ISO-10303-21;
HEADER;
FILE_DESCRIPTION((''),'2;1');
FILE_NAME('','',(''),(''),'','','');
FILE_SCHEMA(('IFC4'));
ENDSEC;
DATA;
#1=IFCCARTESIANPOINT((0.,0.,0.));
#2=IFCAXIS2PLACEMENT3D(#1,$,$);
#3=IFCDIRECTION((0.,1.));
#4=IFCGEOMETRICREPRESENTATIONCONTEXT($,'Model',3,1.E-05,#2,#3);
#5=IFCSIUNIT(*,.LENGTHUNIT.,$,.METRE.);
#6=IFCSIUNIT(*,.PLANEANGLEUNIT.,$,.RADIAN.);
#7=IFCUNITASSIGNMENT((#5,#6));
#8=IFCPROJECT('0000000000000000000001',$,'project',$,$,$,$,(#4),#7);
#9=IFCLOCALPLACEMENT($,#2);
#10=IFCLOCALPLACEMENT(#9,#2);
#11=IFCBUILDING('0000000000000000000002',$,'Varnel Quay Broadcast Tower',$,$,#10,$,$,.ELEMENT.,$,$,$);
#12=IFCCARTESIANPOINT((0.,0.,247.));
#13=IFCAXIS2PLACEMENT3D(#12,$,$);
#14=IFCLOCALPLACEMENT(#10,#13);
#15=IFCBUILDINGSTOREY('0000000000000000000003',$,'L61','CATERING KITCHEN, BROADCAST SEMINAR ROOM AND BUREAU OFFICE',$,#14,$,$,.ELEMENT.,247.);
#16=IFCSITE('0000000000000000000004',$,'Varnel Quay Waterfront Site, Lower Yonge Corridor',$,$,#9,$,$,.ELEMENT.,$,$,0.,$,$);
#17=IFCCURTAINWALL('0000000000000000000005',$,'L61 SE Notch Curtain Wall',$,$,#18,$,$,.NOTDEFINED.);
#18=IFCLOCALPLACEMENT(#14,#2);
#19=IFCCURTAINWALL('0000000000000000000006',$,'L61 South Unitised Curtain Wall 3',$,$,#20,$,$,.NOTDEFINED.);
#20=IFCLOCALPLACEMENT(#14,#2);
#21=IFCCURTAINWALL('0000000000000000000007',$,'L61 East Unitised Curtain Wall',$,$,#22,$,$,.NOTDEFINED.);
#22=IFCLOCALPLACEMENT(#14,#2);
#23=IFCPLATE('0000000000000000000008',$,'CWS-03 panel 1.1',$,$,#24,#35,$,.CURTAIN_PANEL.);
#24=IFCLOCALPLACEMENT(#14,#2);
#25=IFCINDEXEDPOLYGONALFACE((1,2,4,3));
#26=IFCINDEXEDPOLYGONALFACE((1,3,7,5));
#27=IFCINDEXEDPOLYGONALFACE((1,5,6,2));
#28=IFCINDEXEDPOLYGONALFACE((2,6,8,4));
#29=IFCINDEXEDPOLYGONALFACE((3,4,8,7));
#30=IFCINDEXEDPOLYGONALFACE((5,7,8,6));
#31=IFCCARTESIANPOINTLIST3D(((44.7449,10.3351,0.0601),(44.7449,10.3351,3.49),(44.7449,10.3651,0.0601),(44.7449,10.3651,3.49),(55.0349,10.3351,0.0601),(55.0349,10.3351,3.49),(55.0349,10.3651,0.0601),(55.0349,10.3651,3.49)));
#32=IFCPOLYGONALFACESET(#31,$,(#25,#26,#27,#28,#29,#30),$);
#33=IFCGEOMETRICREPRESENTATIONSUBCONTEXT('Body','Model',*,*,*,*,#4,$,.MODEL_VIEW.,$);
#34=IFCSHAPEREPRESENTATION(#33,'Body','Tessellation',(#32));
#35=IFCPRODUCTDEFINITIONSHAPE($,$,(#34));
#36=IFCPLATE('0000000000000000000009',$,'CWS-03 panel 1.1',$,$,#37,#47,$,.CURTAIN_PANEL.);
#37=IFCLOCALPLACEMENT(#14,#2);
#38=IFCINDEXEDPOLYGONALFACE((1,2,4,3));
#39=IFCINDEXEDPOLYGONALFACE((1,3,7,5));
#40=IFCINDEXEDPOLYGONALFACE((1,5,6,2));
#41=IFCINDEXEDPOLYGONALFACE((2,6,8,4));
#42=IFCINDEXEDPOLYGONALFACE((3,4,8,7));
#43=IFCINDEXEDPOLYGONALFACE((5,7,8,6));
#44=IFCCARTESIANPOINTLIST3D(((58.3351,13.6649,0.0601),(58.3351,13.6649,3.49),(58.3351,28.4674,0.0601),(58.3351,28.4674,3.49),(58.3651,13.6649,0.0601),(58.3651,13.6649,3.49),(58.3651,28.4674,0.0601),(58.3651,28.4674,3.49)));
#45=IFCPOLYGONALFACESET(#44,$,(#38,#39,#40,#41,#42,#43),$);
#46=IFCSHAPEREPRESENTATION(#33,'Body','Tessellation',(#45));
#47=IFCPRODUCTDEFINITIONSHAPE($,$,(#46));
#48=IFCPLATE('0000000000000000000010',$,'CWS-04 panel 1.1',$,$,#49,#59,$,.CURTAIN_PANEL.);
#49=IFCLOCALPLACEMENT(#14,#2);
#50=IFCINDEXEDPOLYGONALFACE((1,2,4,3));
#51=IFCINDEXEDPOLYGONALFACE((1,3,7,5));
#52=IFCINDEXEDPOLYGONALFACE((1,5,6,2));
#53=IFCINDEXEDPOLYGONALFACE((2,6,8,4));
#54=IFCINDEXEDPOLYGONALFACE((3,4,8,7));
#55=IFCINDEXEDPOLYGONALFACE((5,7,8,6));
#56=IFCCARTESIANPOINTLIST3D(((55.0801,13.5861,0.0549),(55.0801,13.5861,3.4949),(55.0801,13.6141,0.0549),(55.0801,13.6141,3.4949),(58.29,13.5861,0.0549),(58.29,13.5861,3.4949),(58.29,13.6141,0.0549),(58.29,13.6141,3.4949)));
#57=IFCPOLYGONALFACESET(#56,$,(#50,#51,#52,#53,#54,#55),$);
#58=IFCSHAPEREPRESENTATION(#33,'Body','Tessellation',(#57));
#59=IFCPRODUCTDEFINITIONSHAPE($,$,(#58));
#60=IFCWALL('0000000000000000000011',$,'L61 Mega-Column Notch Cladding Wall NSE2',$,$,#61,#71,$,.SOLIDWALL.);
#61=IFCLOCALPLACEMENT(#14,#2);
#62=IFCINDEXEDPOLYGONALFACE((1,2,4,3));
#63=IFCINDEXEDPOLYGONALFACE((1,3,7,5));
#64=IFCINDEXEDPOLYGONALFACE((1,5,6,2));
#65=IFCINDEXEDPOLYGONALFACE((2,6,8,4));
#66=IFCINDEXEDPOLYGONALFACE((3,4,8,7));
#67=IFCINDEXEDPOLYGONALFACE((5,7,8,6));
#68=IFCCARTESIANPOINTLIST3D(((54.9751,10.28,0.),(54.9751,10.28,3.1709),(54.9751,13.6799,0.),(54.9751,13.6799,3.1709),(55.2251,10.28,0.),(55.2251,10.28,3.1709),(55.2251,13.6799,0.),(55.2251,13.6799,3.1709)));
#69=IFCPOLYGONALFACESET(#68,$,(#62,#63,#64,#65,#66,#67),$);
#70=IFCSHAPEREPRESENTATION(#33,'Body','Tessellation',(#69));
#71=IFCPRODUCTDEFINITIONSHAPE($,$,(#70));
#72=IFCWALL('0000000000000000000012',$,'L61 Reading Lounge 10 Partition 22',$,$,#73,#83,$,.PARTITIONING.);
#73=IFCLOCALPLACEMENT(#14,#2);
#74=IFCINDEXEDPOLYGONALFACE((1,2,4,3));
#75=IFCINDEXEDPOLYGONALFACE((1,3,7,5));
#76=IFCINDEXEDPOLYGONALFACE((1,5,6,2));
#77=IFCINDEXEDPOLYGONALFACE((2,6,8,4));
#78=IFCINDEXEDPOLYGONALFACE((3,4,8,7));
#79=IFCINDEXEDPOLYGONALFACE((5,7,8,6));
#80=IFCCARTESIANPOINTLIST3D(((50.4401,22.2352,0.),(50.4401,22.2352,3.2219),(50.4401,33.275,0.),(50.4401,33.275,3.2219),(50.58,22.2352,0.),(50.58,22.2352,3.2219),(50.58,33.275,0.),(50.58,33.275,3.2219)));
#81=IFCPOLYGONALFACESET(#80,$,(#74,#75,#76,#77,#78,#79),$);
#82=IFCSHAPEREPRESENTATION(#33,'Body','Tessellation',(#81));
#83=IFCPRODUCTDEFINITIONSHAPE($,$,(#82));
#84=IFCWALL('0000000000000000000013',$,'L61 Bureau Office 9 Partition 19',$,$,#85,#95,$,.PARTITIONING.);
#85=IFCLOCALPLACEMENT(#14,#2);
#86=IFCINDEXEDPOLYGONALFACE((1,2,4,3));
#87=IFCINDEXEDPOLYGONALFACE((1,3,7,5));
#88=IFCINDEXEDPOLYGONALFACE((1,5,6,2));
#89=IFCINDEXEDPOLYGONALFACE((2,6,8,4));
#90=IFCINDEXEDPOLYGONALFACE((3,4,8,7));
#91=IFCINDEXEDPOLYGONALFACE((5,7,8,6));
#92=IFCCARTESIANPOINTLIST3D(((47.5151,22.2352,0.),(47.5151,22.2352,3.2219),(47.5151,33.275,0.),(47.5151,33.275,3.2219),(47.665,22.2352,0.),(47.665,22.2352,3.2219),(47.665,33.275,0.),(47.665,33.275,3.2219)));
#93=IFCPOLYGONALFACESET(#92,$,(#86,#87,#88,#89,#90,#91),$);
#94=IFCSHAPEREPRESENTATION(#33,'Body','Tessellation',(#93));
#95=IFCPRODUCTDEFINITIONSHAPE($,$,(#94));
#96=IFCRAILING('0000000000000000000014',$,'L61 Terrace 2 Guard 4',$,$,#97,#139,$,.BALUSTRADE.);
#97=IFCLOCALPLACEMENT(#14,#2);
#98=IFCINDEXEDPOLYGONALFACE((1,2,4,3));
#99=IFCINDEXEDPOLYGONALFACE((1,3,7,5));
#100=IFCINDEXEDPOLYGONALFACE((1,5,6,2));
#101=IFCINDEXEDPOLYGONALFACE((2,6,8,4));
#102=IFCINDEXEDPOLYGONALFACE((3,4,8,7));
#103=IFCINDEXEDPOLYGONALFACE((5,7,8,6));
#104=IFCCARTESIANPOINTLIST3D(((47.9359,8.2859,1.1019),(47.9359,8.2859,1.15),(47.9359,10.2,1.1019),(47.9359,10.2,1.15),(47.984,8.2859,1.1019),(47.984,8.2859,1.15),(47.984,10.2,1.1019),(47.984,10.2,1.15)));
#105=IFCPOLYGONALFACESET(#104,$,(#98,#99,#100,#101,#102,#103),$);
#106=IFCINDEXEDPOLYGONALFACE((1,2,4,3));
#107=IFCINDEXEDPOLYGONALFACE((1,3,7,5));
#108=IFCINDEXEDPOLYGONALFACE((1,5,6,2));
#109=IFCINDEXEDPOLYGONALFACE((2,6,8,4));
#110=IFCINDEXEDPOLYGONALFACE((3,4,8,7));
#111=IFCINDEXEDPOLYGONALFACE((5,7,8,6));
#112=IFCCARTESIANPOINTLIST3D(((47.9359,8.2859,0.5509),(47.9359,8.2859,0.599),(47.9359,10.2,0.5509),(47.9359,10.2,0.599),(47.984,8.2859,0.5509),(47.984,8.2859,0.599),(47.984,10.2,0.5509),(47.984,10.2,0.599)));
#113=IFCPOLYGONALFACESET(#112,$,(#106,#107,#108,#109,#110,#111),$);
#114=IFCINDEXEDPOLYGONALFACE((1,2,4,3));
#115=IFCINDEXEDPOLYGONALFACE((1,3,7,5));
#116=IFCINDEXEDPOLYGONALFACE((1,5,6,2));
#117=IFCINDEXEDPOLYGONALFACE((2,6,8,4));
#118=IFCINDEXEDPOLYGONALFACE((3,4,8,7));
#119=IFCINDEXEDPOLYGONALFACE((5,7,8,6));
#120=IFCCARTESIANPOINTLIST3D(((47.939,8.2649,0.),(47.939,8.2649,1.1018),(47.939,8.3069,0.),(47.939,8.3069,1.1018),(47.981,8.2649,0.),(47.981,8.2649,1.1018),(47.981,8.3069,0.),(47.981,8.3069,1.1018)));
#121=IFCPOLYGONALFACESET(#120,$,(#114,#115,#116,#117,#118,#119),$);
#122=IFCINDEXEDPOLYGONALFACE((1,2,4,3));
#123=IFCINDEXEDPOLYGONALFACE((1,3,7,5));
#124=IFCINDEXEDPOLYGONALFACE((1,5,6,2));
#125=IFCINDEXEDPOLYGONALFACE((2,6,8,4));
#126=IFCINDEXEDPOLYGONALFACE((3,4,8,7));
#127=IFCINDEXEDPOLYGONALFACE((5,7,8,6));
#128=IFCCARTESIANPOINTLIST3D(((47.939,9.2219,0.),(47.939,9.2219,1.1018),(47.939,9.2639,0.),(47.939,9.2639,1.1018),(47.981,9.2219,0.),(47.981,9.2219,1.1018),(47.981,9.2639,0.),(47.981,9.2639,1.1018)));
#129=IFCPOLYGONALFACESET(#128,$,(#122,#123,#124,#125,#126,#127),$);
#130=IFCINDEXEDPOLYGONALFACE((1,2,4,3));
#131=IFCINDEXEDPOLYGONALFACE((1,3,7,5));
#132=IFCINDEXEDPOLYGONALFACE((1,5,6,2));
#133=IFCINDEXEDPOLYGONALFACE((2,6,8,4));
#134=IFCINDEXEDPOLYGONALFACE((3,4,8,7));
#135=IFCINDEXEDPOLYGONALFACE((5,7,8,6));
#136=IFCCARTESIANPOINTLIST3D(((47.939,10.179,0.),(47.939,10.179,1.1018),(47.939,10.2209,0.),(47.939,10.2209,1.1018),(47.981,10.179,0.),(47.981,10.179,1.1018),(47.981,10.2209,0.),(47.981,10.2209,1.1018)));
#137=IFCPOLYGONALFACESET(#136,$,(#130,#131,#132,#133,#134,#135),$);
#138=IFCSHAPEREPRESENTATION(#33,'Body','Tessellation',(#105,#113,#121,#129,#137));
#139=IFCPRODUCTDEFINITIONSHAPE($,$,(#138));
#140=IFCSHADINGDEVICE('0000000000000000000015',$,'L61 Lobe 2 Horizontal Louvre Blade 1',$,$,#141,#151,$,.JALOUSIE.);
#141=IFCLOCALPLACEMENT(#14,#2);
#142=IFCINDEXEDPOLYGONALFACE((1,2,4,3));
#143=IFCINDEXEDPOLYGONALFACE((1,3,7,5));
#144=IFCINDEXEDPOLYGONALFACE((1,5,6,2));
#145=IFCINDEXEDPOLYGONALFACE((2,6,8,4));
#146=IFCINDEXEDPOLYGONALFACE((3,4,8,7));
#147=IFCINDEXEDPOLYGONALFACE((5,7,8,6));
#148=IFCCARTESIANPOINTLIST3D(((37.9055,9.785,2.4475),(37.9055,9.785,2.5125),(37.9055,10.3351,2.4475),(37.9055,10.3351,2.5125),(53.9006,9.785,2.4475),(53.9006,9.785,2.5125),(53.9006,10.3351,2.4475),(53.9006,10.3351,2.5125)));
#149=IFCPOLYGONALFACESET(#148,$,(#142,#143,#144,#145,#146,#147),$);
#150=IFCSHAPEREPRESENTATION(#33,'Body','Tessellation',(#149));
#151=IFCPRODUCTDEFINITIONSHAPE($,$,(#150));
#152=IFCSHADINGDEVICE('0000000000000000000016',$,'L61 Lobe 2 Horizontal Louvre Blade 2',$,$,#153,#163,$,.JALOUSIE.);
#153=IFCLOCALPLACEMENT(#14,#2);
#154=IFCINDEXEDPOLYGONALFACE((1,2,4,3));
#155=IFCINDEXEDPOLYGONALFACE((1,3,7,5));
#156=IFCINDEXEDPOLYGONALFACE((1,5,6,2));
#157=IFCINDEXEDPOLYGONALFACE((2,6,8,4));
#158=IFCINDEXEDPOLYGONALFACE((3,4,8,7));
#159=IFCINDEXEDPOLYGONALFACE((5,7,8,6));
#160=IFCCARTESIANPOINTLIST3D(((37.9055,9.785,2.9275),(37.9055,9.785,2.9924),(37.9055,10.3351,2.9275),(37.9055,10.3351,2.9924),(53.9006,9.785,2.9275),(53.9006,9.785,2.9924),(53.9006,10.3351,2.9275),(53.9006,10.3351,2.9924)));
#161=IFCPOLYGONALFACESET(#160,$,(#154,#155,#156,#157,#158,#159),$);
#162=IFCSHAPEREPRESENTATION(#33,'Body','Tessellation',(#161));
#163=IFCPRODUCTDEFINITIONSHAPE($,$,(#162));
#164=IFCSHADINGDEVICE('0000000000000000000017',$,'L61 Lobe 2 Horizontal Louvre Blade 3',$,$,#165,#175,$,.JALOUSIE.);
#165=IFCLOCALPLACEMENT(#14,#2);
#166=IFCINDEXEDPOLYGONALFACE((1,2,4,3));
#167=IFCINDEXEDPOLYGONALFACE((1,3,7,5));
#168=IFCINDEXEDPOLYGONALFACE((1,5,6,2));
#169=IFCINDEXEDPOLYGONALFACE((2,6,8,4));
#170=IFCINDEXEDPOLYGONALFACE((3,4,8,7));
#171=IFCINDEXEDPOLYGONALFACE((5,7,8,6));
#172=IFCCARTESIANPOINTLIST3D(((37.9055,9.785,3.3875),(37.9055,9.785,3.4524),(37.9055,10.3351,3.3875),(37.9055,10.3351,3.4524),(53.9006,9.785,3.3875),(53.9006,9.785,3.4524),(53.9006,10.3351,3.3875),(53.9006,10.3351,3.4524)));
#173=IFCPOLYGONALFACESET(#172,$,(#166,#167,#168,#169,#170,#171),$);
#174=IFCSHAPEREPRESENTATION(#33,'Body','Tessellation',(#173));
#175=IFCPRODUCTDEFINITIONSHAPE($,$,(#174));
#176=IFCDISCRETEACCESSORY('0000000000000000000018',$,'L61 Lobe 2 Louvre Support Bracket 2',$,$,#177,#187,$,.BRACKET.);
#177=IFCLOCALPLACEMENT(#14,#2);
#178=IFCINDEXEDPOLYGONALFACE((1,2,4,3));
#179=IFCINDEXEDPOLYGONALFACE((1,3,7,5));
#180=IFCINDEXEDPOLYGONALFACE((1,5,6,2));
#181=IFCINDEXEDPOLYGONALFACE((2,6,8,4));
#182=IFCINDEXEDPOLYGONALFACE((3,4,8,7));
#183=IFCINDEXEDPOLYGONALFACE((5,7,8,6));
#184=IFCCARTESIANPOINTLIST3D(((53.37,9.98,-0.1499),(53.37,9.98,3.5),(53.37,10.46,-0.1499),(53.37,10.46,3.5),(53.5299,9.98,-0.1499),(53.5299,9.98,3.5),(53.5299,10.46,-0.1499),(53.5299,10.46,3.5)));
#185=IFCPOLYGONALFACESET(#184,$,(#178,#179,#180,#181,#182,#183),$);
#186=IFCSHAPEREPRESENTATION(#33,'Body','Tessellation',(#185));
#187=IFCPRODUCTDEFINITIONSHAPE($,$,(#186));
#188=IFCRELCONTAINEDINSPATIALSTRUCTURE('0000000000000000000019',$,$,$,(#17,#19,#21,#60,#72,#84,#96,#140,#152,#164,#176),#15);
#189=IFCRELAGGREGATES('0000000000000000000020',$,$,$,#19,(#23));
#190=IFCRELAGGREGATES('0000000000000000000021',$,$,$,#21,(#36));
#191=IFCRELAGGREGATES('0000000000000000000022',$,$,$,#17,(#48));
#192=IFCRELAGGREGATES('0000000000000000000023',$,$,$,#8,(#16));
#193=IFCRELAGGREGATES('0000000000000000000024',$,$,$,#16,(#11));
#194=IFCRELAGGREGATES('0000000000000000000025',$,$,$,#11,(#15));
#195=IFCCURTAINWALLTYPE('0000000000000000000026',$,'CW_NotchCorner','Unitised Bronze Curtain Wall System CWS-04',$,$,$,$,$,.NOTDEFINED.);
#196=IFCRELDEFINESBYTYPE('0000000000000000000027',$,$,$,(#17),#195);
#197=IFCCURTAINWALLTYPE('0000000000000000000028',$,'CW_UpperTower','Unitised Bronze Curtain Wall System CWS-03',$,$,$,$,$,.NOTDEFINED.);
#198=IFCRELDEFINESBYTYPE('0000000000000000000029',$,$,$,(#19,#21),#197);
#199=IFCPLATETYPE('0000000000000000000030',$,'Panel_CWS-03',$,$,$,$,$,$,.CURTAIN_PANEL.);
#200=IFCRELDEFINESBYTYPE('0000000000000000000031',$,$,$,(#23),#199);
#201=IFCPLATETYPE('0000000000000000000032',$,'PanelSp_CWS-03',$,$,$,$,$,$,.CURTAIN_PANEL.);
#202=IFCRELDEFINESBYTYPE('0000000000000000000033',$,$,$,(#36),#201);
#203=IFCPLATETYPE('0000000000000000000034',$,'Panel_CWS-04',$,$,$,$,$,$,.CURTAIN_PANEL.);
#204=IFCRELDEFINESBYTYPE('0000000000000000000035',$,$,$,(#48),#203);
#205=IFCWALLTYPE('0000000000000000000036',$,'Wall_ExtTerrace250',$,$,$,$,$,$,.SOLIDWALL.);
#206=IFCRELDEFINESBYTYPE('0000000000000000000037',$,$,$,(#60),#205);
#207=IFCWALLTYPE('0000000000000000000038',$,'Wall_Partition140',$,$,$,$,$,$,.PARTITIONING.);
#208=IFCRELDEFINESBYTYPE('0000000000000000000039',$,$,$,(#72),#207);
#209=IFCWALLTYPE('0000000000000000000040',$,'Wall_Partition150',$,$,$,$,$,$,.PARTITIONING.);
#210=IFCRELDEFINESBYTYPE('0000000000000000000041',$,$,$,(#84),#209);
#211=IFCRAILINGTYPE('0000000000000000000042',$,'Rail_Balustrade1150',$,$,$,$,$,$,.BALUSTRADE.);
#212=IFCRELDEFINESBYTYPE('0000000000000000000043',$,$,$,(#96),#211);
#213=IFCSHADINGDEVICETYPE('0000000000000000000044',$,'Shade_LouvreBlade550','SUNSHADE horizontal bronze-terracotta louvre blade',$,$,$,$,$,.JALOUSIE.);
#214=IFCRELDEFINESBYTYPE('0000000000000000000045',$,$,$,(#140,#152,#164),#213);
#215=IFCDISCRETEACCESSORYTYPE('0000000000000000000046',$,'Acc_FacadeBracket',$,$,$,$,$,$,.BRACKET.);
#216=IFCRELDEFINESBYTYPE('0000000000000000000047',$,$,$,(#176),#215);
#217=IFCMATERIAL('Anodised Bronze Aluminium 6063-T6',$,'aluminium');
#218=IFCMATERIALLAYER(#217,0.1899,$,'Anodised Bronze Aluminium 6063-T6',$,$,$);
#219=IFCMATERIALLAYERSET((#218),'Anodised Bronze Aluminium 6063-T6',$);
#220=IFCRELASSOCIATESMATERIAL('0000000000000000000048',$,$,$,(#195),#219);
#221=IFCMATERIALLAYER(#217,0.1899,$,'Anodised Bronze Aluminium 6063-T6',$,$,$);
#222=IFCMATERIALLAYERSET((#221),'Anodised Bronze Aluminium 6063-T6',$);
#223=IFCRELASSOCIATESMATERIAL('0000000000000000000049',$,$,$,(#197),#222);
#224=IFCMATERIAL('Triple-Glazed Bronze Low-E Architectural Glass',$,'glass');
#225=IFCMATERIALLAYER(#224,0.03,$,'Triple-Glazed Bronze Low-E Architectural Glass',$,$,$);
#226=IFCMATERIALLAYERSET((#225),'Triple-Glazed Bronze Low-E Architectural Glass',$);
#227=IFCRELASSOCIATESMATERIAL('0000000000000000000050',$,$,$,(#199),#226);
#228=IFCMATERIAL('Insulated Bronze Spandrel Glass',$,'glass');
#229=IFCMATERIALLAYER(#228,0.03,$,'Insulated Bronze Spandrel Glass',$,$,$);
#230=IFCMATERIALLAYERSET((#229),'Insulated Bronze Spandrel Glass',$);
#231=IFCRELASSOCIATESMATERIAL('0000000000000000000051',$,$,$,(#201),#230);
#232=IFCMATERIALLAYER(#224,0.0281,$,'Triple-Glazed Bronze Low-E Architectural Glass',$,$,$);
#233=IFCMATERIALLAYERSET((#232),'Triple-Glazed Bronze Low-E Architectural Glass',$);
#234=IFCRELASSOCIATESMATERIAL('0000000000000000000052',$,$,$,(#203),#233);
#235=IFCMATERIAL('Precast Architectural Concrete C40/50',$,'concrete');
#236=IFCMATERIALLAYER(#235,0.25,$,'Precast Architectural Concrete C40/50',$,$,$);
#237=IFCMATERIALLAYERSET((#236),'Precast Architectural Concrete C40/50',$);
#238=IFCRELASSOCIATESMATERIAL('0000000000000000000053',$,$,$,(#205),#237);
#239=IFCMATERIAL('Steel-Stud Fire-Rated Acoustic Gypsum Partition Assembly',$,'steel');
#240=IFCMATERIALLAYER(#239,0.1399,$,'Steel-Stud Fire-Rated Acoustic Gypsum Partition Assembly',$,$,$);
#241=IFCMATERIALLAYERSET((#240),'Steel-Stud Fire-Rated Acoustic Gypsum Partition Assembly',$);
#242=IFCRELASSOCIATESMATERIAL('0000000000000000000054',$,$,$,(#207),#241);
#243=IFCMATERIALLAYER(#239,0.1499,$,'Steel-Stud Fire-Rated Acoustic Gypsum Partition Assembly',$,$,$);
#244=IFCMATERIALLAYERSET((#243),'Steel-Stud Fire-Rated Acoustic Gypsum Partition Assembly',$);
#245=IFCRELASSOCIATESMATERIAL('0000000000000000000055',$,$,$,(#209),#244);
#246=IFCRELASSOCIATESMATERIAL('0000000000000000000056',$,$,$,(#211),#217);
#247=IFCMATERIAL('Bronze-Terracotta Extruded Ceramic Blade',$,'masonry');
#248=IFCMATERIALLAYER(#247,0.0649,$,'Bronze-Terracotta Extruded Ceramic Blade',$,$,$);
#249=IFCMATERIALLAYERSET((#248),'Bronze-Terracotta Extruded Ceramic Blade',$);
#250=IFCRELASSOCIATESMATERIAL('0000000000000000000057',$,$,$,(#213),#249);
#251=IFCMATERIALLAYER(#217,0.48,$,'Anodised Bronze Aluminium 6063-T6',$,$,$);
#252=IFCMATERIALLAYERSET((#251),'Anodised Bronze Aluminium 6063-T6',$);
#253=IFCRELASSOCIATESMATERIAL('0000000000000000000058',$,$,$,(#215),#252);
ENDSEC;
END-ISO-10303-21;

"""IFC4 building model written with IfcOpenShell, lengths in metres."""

from ifc_helpers import new_model, si_unit, direction, frame, frame_2d, origin, origin_2d, place, context, subcontext, project, spatial, rectangle, extrude, source, transform, mapped, material, layer, layer_set, type_object, type_shapes, element, aggregate, save


model = new_model("IFC4")

# Units and contexts
model_context = context("Model", 3, precision=1e-05, world=origin(), true_north=direction((0.0, 1.0)))
body_context = subcontext(model_context, "Body", "Model", "MODEL_VIEW")
ifc_project = project(units=[si_unit("LENGTHUNIT", "METRE"), si_unit("PLANEANGLEUNIT", "RADIAN")], contexts=[model_context])

# Site, building, storey
site_placement = place(None, origin())
site = spatial("IfcSite", under=ifc_project, at=site_placement, Name="Varnel Quay Waterfront Site, Lower Yonge Corridor", CompositionType="ELEMENT", RefElevation=0.0)
building_placement = place(site_placement, origin())
building = spatial("IfcBuilding", under=site, at=building_placement, Name="Varnel Quay Broadcast Tower", CompositionType="ELEMENT")
storey_placement = place(building_placement, frame((0.0, 0.0, 247.0)))
storey = spatial("IfcBuildingStorey", under=building, at=storey_placement, Name="L61", Description="CATERING KITCHEN, BROADCAST SEMINAR ROOM AND BUREAU OFFICE", CompositionType="ELEMENT", Elevation=247.0)

# Curtain walls
ifc_material_1 = material(Name="Anodised Bronze Aluminium 6063-T6", Category="aluminium")
ifc_layer_1 = layer(ifc_material_1, 0.1899, Name="Anodised Bronze Aluminium 6063-T6")
ifc_layer_set_1 = layer_set([ifc_layer_1], Name="Anodised Bronze Aluminium 6063-T6")
curtain_wall_type_1 = type_object("IfcCurtainWallType", Name="CW_NotchCorner", Description="Unitised Bronze Curtain Wall System CWS-04", PredefinedType="NOTDEFINED", material=ifc_layer_set_1)
curtain_wall_1_placement = place(storey_placement, origin())
curtain_wall_1 = element("IfcCurtainWall", 1, at=curtain_wall_1_placement, inside=storey, type_object=curtain_wall_type_1, Name="L61 SE Notch Curtain Wall", PredefinedType="NOTDEFINED")
ifc_layer_2 = layer(ifc_material_1, 0.1899, Name="Anodised Bronze Aluminium 6063-T6")
ifc_layer_set_2 = layer_set([ifc_layer_2], Name="Anodised Bronze Aluminium 6063-T6")
curtain_wall_type_2 = type_object("IfcCurtainWallType", Name="CW_UpperTower", Description="Unitised Bronze Curtain Wall System CWS-03", PredefinedType="NOTDEFINED", material=ifc_layer_set_2)
curtain_wall_2_placement = place(storey_placement, origin())
curtain_wall_2 = element("IfcCurtainWall", 2, at=curtain_wall_2_placement, inside=storey, type_object=curtain_wall_type_2, Name="L61 South Unitised Curtain Wall 3", PredefinedType="NOTDEFINED")

# Curtain wall
curtain_wall_3_placement = place(storey_placement, origin())
curtain_wall_3 = element("IfcCurtainWall", 3, at=curtain_wall_3_placement, inside=storey, type_object=curtain_wall_type_2, Name="L61 East Unitised Curtain Wall", PredefinedType="NOTDEFINED")

# Plates
ifc_material_2 = material(Name="Triple-Glazed Bronze Low-E Architectural Glass", Category="glass")
ifc_layer_3 = layer(ifc_material_2, 0.03, Name="Triple-Glazed Bronze Low-E Architectural Glass")
ifc_layer_set_3 = layer_set([ifc_layer_3], Name="Triple-Glazed Bronze Low-E Architectural Glass")
plate_type_1 = type_object("IfcPlateType", Name="Panel_CWS-03", PredefinedType="CURTAIN_PANEL", material=ifc_layer_set_3)
shared_shape_1 = source(origin(), body_context, "Body", "SweptSolid", [
    extrude(rectangle(XDim=10.29, YDim=0.03, at=origin_2d()), origin(), (0.0, 0.0, 1.0), 3.4299),
])
type_shapes(plate_type_1, [shared_shape_1])
plate_1_placement = place(storey_placement, frame((49.8899, 10.3501, 0.0601), z_axis=(0.0, 0.0, 1.0), x_axis=(1.0, 0.0, 0.0)))
plate_1 = element("IfcPlate", 4, at=plate_1_placement, type_object=plate_type_1, Name="CWS-03 panel 1.1", PredefinedType="CURTAIN_PANEL", context=body_context, shape_type="MappedRepresentation", body=[
    mapped(shared_shape_1, transform((0.0, 0.0, 0.0), x_axis=(1.0, 0.0, 0.0), y_axis=(0.0, 1.0, 0.0), z_axis=(0.0, 0.0, 1.0), scale=1.0)),
])
aggregate(curtain_wall_2, [plate_1])
ifc_material_3 = material(Name="Insulated Bronze Spandrel Glass", Category="glass")
ifc_layer_4 = layer(ifc_material_3, 0.03, Name="Insulated Bronze Spandrel Glass")
ifc_layer_set_4 = layer_set([ifc_layer_4], Name="Insulated Bronze Spandrel Glass")
plate_type_2 = type_object("IfcPlateType", Name="PanelSp_CWS-03", PredefinedType="CURTAIN_PANEL", material=ifc_layer_set_4)
shared_shape_2 = source(origin(), body_context, "Body", "SweptSolid", [
    extrude(rectangle(XDim=14.8025, YDim=0.03, at=origin_2d()), origin(), (0.0, 0.0, 1.0), 3.4299),
])
type_shapes(plate_type_2, [shared_shape_2])
plate_2_placement = place(storey_placement, frame((58.3501, 21.0662, 0.0601), z_axis=(0.0, 0.0, 1.0), x_axis=(0.0, 1.0, 0.0)))
plate_2 = element("IfcPlate", 5, at=plate_2_placement, type_object=plate_type_2, Name="CWS-03 panel 1.1", PredefinedType="CURTAIN_PANEL", context=body_context, shape_type="MappedRepresentation", body=[
    mapped(shared_shape_2, transform((0.0, 0.0, 0.0), x_axis=(1.0, 0.0, 0.0), y_axis=(0.0, 1.0, 0.0), z_axis=(0.0, 0.0, 1.0), scale=1.0)),
])
aggregate(curtain_wall_3, [plate_2])
ifc_layer_5 = layer(ifc_material_2, 0.0281, Name="Triple-Glazed Bronze Low-E Architectural Glass")
ifc_layer_set_5 = layer_set([ifc_layer_5], Name="Triple-Glazed Bronze Low-E Architectural Glass")
plate_type_3 = type_object("IfcPlateType", Name="Panel_CWS-04", PredefinedType="CURTAIN_PANEL", material=ifc_layer_set_5)
shared_shape_3 = source(origin(), body_context, "Body", "SweptSolid", [
    extrude(rectangle(XDim=3.21, YDim=0.0281, at=origin_2d()), origin(), (0.0, 0.0, 1.0), 3.4399),
])
type_shapes(plate_type_3, [shared_shape_3])
plate_3_placement = place(storey_placement, frame((56.6851, 13.6001, 0.0549), z_axis=(0.0, 0.0, 1.0), x_axis=(1.0, 0.0, 0.0)))
plate_3 = element("IfcPlate", 6, at=plate_3_placement, type_object=plate_type_3, Name="CWS-04 panel 1.1", PredefinedType="CURTAIN_PANEL", context=body_context, shape_type="MappedRepresentation", body=[
    mapped(shared_shape_3, transform((0.0, 0.0, 0.0), x_axis=(1.0, 0.0, 0.0), y_axis=(0.0, 1.0, 0.0), z_axis=(0.0, 0.0, 1.0), scale=1.0)),
])
aggregate(curtain_wall_1, [plate_3])

# Walls
ifc_material_4 = material(Name="Precast Architectural Concrete C40/50", Category="concrete")
ifc_layer_6 = layer(ifc_material_4, 0.25, Name="Precast Architectural Concrete C40/50")
ifc_layer_set_6 = layer_set([ifc_layer_6], Name="Precast Architectural Concrete C40/50")
wall_type_1 = type_object("IfcWallType", Name="Wall_ExtTerrace250", PredefinedType="SOLIDWALL", material=ifc_layer_set_6)
wall_1_placement = place(storey_placement, frame((55.1001, 10.28, 0.0), z_axis=(0.0, 0.0, 1.0), x_axis=(0.0, 1.0, 0.0)))
element("IfcWall", 7, at=wall_1_placement, inside=storey, type_object=wall_type_1, Name="L61 Mega-Column Notch Cladding Wall NSE2", PredefinedType="SOLIDWALL", context=body_context, shape_type="SweptSolid", body=[
    extrude(rectangle(XDim=3.3999, YDim=0.25, at=frame_2d((1.7, 0.0))), origin(), (0.0, 0.0, 1.0), 3.1709),
])
ifc_material_5 = material(Name="Steel-Stud Fire-Rated Acoustic Gypsum Partition Assembly", Category="steel")
ifc_layer_7 = layer(ifc_material_5, 0.1399, Name="Steel-Stud Fire-Rated Acoustic Gypsum Partition Assembly")
ifc_layer_set_7 = layer_set([ifc_layer_7], Name="Steel-Stud Fire-Rated Acoustic Gypsum Partition Assembly")
wall_type_2 = type_object("IfcWallType", Name="Wall_Partition140", PredefinedType="PARTITIONING", material=ifc_layer_set_7)
wall_2_placement = place(storey_placement, frame((50.51, 22.2351, 0.0), z_axis=(0.0, 0.0, 1.0), x_axis=(0.0, 1.0, 0.0)))
element("IfcWall", 8, at=wall_2_placement, inside=storey, type_object=wall_type_2, Name="L61 Reading Lounge 10 Partition 22", PredefinedType="PARTITIONING", context=body_context, shape_type="SweptSolid", body=[
    extrude(rectangle(XDim=11.0398, YDim=0.1399, at=frame_2d((5.52, 0.0))), origin(), (0.0, 0.0, 1.0), 3.2219),
])
ifc_layer_8 = layer(ifc_material_5, 0.1499, Name="Steel-Stud Fire-Rated Acoustic Gypsum Partition Assembly")
ifc_layer_set_8 = layer_set([ifc_layer_8], Name="Steel-Stud Fire-Rated Acoustic Gypsum Partition Assembly")
wall_type_3 = type_object("IfcWallType", Name="Wall_Partition150", PredefinedType="PARTITIONING", material=ifc_layer_set_8)
wall_3_placement = place(storey_placement, frame((47.5901, 22.2351, 0.0), z_axis=(0.0, 0.0, 1.0), x_axis=(0.0, 1.0, 0.0)))
element("IfcWall", 9, at=wall_3_placement, inside=storey, type_object=wall_type_3, Name="L61 Bureau Office 9 Partition 19", PredefinedType="PARTITIONING", context=body_context, shape_type="SweptSolid", body=[
    extrude(rectangle(XDim=11.0398, YDim=0.1499, at=frame_2d((5.52, 0.0))), origin(), (0.0, 0.0, 1.0), 3.2219),
])

# Railing
railing_type = type_object("IfcRailingType", Name="Rail_Balustrade1150", PredefinedType="BALUSTRADE", material=ifc_material_1)
railing_placement = place(storey_placement, frame((47.96, 8.2859, 0.0)))
element("IfcRailing", 10, at=railing_placement, inside=storey, type_object=railing_type, Name="L61 Terrace 2 Guard 4", PredefinedType="BALUSTRADE", context=body_context, shape_type="SweptSolid", body=[
    extrude(rectangle(XDim=0.0481, YDim=0.0481, at=origin_2d()), frame((0.0, 0.0, 1.126), z_axis=(0.0, 1.0, 0.0), x_axis=(-1.0, 0.0, 0.0)), (0.0, 0.0, 1.0), 1.9141),
    extrude(rectangle(XDim=0.0481, YDim=0.0481, at=origin_2d()), frame((0.0, 0.0, 0.575), z_axis=(0.0, 1.0, 0.0), x_axis=(-1.0, 0.0, 0.0)), (0.0, 0.0, 1.0), 1.9141),
    extrude(rectangle(XDim=0.042, YDim=0.042, at=origin_2d()), origin(), (0.0, 0.0, 1.0), 1.1018),
    extrude(rectangle(XDim=0.042, YDim=0.042, at=origin_2d()), frame((0.0, 0.957, 0.0)), (0.0, 0.0, 1.0), 1.1018),
    extrude(rectangle(XDim=0.042, YDim=0.042, at=origin_2d()), frame((0.0, 1.9141, 0.0)), (0.0, 0.0, 1.0), 1.1018),
])

# Shading devices
ifc_material_6 = material(Name="Bronze-Terracotta Extruded Ceramic Blade", Category="masonry")
ifc_layer_9 = layer(ifc_material_6, 0.0649, Name="Bronze-Terracotta Extruded Ceramic Blade")
ifc_layer_set_9 = layer_set([ifc_layer_9], Name="Bronze-Terracotta Extruded Ceramic Blade")
shading_device_type = type_object("IfcShadingDeviceType", Name="Shade_LouvreBlade550", Description="SUNSHADE horizontal bronze-terracotta louvre blade", PredefinedType="JALOUSIE", material=ifc_layer_set_9)
shared_shape_4 = source(origin(), body_context, "Body", "SweptSolid", [
    extrude(rectangle(XDim=15.9951, YDim=0.55, at=origin_2d()), origin(), (0.0, 0.0, 1.0), 0.0649),
])
type_shapes(shading_device_type, [shared_shape_4])
for number, where, z_axis, x_axis, name in (
    (11, (45.9031, 10.0601, 2.4475), (0.0, 0.0, 1.0), (1.0, 0.0, 0.0), "L61 Lobe 2 Horizontal Louvre Blade 1"),
    (12, (45.9031, 10.0601, 2.9275), (0.0, 0.0, 1.0), (1.0, 0.0, 0.0), "L61 Lobe 2 Horizontal Louvre Blade 2"),
    (13, (45.9031, 10.0601, 3.3875), (0.0, 0.0, 1.0), (1.0, 0.0, 0.0), "L61 Lobe 2 Horizontal Louvre Blade 3"),
):
    element("IfcShadingDevice", number, at=place(storey_placement, frame(where, z_axis=z_axis, x_axis=x_axis)), inside=storey, type_object=shading_device_type, Name=name, PredefinedType="JALOUSIE", context=body_context, shape_type="MappedRepresentation", body=[
        mapped(shared_shape_4, transform((0.0, 0.0, 0.0), x_axis=(1.0, 0.0, 0.0), y_axis=(0.0, 1.0, 0.0), z_axis=(0.0, 0.0, 1.0), scale=1.0)),
    ])

# Discrete accessory
ifc_layer_10 = layer(ifc_material_1, 0.48, Name="Anodised Bronze Aluminium 6063-T6")
ifc_layer_set_10 = layer_set([ifc_layer_10], Name="Anodised Bronze Aluminium 6063-T6")
discrete_accessory_type = type_object("IfcDiscreteAccessoryType", Name="Acc_FacadeBracket", PredefinedType="BRACKET", material=ifc_layer_set_10)
shared_shape_5 = source(origin(), body_context, "Body", "SweptSolid", [
    extrude(rectangle(XDim=0.1599, YDim=0.48, at=origin_2d()), origin(), (0.0, 0.0, 1.0), 3.6499),
])
type_shapes(discrete_accessory_type, [shared_shape_5])
discrete_accessory_placement = place(storey_placement, frame((53.45, 10.22, -0.1499), z_axis=(0.0, 0.0, 1.0), x_axis=(1.0, 0.0, 0.0)))
element("IfcDiscreteAccessory", 14, at=discrete_accessory_placement, inside=storey, type_object=discrete_accessory_type, Name="L61 Lobe 2 Louvre Support Bracket 2", PredefinedType="BRACKET", context=body_context, shape_type="MappedRepresentation", body=[
    mapped(shared_shape_5, transform((0.0, 0.0, 0.0), x_axis=(1.0, 0.0, 0.0), y_axis=(0.0, 1.0, 0.0), z_axis=(0.0, 0.0, 1.0), scale=1.0)),
])

save(model, "model.ifc")
